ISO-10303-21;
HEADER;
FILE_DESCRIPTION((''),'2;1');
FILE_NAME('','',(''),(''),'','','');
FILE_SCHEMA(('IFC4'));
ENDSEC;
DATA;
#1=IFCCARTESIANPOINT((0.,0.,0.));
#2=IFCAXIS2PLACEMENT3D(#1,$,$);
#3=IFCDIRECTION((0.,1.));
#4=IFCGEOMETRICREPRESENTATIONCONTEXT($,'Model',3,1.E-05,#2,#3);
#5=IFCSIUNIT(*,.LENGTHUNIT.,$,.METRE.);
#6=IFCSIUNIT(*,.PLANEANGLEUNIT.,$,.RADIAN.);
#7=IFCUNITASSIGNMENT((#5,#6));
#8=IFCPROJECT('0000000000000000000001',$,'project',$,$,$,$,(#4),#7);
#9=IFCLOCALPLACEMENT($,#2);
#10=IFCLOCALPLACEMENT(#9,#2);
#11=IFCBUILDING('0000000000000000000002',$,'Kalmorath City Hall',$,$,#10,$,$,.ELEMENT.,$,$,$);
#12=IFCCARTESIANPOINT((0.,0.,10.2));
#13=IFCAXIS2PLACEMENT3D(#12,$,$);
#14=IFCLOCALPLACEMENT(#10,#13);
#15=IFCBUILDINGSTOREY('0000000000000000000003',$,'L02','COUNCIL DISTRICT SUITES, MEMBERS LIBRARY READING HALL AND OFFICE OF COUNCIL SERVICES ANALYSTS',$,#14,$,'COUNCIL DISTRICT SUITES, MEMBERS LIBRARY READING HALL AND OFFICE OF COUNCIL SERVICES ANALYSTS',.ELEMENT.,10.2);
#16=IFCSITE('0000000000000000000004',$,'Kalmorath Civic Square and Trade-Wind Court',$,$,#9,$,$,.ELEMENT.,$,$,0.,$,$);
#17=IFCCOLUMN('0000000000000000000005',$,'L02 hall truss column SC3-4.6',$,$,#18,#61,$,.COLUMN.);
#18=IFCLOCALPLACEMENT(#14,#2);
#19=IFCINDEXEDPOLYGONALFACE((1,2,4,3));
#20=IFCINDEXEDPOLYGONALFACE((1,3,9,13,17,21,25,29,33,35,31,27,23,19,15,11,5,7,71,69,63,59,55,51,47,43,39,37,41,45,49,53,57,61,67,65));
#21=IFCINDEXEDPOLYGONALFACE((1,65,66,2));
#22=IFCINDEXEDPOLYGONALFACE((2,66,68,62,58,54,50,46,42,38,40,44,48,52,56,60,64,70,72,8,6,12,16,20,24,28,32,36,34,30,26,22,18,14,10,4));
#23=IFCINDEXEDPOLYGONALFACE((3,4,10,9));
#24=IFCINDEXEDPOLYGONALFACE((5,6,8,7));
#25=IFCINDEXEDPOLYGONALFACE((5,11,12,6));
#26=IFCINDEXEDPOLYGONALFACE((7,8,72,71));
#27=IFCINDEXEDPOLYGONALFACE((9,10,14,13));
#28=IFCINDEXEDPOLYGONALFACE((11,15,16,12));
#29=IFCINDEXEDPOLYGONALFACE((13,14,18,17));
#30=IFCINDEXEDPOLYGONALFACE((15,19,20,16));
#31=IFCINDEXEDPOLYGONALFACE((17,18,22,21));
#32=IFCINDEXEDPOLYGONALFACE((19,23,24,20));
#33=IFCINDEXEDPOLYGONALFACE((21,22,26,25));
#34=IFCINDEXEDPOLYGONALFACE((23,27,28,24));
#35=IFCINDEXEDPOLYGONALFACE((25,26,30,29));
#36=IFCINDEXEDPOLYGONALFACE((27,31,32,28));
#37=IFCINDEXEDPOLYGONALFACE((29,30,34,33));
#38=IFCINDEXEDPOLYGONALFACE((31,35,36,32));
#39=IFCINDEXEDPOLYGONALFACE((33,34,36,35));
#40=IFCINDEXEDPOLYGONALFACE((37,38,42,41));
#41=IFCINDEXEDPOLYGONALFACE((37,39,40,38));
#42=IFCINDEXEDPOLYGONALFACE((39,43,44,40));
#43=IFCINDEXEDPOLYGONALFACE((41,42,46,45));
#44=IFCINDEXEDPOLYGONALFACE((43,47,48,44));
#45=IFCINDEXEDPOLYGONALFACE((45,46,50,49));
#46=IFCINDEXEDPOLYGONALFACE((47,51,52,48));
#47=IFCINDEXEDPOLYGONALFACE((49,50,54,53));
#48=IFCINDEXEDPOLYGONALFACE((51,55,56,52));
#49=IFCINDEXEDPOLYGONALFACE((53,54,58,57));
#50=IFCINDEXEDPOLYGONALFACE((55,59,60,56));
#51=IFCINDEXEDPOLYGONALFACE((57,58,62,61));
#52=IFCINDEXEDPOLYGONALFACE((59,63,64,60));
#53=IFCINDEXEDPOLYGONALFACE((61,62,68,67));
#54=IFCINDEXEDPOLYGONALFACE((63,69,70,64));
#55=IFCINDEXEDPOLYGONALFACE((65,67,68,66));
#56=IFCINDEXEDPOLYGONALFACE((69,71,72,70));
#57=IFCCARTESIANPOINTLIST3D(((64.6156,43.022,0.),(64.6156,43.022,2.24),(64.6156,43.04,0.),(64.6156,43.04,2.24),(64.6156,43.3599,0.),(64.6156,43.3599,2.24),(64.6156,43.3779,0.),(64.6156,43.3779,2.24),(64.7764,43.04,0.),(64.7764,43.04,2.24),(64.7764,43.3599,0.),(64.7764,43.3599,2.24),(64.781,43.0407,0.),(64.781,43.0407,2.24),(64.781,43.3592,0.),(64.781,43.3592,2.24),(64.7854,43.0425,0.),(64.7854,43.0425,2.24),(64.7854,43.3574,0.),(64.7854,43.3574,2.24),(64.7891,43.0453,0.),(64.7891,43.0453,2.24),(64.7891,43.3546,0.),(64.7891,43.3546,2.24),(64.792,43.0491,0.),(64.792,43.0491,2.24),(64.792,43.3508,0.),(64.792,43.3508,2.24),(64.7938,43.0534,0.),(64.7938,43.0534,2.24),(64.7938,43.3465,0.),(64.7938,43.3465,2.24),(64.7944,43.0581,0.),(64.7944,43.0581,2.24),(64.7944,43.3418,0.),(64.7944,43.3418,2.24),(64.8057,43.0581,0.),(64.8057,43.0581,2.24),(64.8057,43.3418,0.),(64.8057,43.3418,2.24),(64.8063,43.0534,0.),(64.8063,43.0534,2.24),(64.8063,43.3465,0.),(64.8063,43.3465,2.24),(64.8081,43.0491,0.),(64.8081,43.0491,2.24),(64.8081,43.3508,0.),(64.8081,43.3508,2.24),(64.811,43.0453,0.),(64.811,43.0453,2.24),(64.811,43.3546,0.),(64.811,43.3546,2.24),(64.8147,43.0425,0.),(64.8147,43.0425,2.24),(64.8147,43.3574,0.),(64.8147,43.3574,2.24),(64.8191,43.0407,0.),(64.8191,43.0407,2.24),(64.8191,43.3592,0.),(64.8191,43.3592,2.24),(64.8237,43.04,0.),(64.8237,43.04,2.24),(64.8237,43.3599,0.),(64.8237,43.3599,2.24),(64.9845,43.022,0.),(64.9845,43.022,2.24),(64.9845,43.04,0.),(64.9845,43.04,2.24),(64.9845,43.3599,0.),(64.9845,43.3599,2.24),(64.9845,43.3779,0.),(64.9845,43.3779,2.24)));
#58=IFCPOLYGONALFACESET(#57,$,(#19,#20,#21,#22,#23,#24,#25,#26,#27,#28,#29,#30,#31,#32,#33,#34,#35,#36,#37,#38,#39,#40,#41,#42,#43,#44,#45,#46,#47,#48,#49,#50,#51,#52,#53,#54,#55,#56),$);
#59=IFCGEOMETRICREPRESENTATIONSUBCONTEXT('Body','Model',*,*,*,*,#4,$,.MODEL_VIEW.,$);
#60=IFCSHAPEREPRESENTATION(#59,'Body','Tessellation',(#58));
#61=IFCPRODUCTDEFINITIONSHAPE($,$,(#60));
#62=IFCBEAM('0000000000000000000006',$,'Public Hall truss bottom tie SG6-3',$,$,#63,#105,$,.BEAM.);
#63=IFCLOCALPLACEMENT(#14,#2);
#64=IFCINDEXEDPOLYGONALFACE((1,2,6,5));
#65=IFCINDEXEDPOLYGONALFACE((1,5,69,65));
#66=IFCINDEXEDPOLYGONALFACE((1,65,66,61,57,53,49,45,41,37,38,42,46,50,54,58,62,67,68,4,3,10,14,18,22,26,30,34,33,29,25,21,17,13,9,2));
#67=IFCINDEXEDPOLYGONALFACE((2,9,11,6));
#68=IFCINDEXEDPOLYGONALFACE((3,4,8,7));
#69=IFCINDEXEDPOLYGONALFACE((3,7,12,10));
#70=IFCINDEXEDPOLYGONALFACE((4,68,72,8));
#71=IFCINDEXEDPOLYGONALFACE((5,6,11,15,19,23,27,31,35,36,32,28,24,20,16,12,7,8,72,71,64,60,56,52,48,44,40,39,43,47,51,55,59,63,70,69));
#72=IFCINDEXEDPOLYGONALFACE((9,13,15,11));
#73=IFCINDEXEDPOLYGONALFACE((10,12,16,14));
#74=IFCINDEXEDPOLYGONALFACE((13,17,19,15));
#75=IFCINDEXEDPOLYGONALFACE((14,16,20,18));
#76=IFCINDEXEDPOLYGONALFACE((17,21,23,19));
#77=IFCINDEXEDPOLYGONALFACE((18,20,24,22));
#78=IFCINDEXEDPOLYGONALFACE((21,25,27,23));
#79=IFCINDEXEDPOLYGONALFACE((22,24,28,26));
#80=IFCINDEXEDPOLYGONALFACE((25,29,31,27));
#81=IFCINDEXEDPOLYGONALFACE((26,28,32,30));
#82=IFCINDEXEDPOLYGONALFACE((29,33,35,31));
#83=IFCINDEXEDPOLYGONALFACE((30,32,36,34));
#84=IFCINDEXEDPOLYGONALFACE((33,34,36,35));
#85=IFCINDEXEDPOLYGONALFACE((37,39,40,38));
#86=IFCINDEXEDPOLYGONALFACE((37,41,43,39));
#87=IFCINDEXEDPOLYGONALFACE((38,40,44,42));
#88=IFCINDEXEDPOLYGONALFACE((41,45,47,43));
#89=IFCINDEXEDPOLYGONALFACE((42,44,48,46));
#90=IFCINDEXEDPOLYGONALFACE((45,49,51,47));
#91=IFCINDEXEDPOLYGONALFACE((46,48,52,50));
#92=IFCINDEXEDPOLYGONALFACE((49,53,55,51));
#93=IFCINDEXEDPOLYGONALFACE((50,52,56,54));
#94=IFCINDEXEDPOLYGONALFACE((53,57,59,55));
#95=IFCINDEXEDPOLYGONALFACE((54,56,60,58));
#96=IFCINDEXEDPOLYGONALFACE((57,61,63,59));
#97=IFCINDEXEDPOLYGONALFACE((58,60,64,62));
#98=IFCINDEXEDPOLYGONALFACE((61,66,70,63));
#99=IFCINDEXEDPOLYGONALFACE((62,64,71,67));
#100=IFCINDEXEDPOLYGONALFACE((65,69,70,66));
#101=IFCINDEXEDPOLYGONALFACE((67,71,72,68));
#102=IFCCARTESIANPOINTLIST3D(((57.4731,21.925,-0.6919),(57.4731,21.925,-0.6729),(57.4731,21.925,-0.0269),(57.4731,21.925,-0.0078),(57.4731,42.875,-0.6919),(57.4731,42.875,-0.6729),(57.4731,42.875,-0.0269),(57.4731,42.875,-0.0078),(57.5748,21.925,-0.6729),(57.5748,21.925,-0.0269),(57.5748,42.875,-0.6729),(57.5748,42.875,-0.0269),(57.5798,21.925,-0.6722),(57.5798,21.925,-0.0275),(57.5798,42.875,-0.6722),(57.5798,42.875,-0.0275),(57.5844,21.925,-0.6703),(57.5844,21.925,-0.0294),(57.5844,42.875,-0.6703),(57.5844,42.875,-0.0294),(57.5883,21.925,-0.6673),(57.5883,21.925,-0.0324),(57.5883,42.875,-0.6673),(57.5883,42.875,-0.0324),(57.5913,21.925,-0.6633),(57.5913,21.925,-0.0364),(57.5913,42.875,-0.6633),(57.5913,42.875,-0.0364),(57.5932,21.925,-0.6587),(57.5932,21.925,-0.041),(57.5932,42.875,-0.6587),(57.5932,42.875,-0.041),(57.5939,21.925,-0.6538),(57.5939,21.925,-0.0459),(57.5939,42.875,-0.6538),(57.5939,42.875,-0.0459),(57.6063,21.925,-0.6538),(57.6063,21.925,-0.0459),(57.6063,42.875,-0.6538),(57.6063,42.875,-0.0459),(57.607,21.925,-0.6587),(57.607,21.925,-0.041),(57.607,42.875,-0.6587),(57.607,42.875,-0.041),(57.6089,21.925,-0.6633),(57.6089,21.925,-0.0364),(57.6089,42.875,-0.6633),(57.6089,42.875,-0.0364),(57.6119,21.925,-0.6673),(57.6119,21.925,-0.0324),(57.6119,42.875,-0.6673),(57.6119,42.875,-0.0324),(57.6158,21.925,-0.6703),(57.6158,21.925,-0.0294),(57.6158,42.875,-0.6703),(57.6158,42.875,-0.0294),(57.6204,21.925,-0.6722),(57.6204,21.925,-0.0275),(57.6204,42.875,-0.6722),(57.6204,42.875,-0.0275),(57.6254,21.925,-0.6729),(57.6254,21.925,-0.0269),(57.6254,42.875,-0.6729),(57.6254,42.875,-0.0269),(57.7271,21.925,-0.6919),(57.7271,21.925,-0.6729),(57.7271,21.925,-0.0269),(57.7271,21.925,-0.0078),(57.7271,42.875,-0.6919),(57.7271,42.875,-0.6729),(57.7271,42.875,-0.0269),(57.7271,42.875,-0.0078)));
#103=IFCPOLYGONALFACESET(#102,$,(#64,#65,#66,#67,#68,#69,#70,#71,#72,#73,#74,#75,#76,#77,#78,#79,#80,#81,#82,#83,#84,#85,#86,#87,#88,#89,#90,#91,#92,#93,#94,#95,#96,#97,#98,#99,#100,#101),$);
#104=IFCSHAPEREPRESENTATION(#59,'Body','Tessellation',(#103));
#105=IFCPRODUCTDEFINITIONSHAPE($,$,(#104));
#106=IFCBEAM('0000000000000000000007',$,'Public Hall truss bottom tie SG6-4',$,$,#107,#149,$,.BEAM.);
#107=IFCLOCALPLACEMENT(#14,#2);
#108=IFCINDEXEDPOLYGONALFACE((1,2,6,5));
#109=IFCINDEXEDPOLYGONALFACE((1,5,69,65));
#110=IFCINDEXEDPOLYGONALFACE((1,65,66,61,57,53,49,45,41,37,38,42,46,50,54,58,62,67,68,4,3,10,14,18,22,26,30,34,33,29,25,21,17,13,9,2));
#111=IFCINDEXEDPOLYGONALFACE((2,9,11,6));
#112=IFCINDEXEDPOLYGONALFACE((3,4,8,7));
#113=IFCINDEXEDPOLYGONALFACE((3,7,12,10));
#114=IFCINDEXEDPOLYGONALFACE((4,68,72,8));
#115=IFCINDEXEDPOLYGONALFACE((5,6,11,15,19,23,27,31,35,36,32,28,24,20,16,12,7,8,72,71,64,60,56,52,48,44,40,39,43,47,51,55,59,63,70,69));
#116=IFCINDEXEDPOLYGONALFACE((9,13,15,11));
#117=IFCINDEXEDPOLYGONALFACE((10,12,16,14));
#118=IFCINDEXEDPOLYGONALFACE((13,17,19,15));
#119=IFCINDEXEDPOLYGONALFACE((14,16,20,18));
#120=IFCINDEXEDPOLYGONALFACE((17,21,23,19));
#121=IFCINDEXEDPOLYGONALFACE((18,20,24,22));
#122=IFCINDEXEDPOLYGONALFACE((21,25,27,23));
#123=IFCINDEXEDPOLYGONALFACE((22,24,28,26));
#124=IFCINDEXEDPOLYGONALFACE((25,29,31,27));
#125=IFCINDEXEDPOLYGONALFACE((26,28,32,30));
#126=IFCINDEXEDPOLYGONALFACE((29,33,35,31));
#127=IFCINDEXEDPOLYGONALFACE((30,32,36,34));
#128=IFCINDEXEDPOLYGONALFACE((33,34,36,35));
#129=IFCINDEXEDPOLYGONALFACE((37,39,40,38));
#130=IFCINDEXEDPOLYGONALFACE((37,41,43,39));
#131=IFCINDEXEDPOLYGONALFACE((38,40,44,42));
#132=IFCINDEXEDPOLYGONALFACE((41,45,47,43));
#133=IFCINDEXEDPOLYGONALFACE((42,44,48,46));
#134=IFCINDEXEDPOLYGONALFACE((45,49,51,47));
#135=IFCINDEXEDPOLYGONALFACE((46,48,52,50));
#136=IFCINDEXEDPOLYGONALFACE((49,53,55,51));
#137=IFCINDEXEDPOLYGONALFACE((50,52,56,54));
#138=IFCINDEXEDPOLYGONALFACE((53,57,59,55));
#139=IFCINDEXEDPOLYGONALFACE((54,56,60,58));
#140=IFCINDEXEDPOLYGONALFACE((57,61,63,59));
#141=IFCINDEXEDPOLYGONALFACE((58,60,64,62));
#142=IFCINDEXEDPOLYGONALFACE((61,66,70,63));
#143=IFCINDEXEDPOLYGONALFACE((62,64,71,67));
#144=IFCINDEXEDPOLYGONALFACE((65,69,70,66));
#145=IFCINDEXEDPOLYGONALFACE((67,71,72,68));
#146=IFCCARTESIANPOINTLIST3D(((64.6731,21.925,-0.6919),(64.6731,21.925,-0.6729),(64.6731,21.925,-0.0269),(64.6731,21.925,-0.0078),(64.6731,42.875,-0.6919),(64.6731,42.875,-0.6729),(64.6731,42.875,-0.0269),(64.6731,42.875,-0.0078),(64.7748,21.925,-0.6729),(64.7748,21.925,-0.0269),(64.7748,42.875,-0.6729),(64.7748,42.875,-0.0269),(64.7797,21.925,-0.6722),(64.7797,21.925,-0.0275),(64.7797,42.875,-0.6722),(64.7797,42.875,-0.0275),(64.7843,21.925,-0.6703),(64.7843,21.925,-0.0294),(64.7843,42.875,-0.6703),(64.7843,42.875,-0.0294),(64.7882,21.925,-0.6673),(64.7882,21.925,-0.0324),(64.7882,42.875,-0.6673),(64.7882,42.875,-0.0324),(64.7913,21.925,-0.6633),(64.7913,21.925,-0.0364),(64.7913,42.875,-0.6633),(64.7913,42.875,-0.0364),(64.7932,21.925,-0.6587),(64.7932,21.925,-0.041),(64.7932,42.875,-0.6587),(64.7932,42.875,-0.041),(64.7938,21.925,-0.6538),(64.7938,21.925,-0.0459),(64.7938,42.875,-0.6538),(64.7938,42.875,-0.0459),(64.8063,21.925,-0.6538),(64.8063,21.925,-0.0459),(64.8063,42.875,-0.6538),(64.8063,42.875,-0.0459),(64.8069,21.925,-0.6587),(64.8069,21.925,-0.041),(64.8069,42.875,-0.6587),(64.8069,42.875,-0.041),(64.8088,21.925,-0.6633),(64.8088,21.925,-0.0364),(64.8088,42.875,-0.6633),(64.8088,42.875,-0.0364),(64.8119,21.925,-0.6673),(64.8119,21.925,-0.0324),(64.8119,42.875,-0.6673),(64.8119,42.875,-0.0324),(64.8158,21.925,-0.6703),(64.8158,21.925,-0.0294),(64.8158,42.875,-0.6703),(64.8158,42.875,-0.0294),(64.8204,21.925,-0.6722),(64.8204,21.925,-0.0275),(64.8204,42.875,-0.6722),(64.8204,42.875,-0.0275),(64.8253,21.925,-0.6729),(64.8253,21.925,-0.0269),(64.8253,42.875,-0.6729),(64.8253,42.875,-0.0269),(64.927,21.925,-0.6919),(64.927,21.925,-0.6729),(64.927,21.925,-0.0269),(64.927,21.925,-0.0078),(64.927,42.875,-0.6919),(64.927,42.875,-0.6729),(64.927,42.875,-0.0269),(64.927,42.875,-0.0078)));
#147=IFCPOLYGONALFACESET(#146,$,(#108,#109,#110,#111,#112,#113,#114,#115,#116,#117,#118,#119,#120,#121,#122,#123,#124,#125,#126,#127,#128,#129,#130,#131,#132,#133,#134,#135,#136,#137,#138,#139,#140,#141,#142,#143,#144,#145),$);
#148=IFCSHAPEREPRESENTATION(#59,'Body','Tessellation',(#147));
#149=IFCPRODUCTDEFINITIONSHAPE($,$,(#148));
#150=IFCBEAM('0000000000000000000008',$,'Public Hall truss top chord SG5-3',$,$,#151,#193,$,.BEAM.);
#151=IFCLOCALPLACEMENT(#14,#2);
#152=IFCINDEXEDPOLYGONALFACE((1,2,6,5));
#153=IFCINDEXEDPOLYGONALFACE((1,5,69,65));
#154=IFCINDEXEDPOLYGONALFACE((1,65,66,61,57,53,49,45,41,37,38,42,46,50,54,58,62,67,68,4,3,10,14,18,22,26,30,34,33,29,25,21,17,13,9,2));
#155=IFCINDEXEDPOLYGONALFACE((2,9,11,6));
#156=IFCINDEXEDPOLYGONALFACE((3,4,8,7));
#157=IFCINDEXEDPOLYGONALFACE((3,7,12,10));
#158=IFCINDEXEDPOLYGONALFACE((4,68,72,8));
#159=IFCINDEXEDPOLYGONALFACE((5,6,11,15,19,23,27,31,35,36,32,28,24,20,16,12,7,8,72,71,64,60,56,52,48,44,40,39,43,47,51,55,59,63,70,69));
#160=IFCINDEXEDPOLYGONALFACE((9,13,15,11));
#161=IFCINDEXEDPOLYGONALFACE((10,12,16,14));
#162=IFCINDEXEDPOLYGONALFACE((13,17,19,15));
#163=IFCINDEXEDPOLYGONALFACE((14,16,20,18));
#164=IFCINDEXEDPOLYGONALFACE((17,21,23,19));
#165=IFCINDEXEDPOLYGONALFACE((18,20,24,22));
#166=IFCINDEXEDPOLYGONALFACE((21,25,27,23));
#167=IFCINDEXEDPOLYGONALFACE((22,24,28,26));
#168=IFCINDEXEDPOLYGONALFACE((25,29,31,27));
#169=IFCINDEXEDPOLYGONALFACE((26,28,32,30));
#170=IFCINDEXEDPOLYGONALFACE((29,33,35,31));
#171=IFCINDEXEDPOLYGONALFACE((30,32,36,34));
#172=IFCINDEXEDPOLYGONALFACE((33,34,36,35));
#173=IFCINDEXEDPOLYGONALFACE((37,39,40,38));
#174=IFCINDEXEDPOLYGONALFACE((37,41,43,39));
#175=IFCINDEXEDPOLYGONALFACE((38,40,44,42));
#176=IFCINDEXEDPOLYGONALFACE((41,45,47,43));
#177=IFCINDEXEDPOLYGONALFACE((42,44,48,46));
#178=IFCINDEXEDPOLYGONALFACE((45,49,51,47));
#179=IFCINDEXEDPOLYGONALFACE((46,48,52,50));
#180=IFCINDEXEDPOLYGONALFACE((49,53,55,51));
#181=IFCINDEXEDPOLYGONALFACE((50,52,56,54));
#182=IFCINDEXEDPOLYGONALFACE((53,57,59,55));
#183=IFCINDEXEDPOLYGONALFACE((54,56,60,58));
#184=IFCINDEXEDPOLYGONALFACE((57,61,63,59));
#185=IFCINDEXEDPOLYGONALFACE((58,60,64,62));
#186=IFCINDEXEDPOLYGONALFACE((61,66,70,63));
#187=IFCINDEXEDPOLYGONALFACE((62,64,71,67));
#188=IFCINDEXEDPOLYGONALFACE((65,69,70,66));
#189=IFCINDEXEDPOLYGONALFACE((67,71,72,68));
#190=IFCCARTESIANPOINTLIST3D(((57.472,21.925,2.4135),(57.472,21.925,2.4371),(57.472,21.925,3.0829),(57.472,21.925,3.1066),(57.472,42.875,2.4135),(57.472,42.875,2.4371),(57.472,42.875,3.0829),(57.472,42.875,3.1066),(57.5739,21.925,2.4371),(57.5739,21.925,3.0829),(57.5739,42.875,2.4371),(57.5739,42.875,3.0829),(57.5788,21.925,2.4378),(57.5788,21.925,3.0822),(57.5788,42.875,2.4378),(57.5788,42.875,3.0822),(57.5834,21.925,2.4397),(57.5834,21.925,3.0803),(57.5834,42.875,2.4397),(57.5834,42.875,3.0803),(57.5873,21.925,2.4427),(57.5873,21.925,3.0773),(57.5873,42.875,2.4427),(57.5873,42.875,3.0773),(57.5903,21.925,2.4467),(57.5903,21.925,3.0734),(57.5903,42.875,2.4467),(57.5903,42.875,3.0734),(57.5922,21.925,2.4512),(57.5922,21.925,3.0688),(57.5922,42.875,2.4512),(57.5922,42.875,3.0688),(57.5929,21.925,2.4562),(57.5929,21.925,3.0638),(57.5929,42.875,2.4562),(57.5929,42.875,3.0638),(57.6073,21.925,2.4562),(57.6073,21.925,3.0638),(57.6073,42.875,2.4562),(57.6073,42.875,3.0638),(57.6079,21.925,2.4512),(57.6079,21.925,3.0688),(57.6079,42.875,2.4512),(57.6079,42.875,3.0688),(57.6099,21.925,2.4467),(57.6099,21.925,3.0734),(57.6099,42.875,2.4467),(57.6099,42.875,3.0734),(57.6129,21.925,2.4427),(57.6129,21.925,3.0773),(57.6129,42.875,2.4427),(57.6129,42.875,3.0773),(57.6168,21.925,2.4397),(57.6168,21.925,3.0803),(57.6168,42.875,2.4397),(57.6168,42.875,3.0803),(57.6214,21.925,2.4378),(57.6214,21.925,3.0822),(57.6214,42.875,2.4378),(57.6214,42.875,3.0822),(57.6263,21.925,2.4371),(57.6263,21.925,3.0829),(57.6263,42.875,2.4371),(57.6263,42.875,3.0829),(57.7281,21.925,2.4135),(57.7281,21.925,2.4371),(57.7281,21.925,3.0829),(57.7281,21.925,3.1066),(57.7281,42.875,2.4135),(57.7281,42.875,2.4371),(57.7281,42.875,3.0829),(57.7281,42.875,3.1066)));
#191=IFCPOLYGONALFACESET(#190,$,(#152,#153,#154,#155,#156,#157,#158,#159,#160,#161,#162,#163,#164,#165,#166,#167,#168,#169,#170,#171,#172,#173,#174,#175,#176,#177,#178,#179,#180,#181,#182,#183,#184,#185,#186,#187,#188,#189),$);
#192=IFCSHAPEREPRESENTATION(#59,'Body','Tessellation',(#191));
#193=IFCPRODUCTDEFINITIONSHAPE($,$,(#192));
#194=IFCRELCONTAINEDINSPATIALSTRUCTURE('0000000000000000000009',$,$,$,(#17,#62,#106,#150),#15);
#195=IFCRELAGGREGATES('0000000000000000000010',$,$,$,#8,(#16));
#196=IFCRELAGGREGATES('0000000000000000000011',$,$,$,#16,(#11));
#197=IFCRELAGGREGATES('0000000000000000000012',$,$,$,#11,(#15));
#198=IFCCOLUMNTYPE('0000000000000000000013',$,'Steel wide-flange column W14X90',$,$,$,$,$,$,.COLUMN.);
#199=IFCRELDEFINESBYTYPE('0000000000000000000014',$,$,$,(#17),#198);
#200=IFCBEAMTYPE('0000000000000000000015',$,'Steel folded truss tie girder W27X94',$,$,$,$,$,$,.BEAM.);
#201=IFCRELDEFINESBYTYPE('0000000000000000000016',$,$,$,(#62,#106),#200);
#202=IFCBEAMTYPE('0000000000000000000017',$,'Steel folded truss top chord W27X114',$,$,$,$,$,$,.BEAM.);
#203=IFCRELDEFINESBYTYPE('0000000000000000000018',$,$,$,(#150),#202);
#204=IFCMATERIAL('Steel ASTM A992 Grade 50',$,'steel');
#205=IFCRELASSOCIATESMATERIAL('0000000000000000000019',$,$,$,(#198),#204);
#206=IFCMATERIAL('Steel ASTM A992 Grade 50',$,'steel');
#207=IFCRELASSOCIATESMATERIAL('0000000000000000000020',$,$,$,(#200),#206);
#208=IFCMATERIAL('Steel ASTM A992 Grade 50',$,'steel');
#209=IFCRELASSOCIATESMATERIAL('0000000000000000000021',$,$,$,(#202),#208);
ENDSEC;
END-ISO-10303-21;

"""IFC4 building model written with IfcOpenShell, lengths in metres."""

from ifc_helpers import new_model, si_unit, direction, frame, origin, origin_2d, place, context, subcontext, project, spatial, i_section, extrude, material, material_profile, profile_set, type_object, element, save


model = new_model("IFC4")

# Units and contexts
model_context = context("Model", 3, precision=1e-05, world=origin(), true_north=direction((0.0, 1.0)))
body_context = subcontext(model_context, "Body", "Model", "MODEL_VIEW")
ifc_project = project(units=[si_unit("LENGTHUNIT", "METRE"), si_unit("PLANEANGLEUNIT", "RADIAN")], contexts=[model_context])

# Site, building, storey
site_placement = place(None, origin())
site = spatial("IfcSite", under=ifc_project, at=site_placement, Name="Kalmorath Civic Square and Trade-Wind Court", CompositionType="ELEMENT", RefElevation=0.0)
building_placement = place(site_placement, origin())
building = spatial("IfcBuilding", under=site, at=building_placement, Name="Kalmorath City Hall", CompositionType="ELEMENT")
storey_placement = place(building_placement, frame((0.0, 0.0, 10.2)))
storey = spatial("IfcBuildingStorey", under=building, at=storey_placement, Name="L02", Description="COUNCIL DISTRICT SUITES, MEMBERS LIBRARY READING HALL AND OFFICE OF COUNCIL SERVICES ANALYSTS", LongName="COUNCIL DISTRICT SUITES, MEMBERS LIBRARY READING HALL AND OFFICE OF COUNCIL SERVICES ANALYSTS", CompositionType="ELEMENT", Elevation=10.2)

# Column
ifc_material_1 = material(Name="Steel ASTM A992 Grade 50", Category="steel")
ifc_material_profile_1 = material_profile(ifc_material_1, i_section(OverallWidth=0.3689, OverallDepth=0.356, WebThickness=0.0112, FlangeThickness=0.0181, FilletRadius=0.0181, at=origin_2d()), Name="W14X90")
ifc_profile_set_1 = profile_set([ifc_material_profile_1], Name="Steel ASTM A992 Grade 50")
column_type = type_object("IfcColumnType", Name="Steel wide-flange column W14X90", PredefinedType="COLUMN", material=ifc_profile_set_1)
for number, where, z_axis, x_axis, name in (
    (1, (64.8, 43.2, 0.0), (0.0, 0.0, 1.0), (1.0, 0.0, 0.0), "L02 hall truss column SC3-4.6"),
):
    element("IfcColumn", number, at=place(storey_placement, frame(where, z_axis=z_axis, x_axis=x_axis)), inside=storey, type_object=column_type, Name=name, PredefinedType="COLUMN", context=body_context, shape_type="SweptSolid", body=[
        extrude(i_section(OverallWidth=0.3689, OverallDepth=0.356, WebThickness=0.0112, FlangeThickness=0.0181, FilletRadius=0.0181, at=origin_2d()), origin(), (0.0, 0.0, 1.0), 2.24),
    ])

# Beams
ifc_material_2 = material(Name="Steel ASTM A992 Grade 50", Category="steel")
ifc_material_profile_2 = material_profile(ifc_material_2, i_section(OverallWidth=0.2539, OverallDepth=0.6841, WebThickness=0.0125, FlangeThickness=0.019, FilletRadius=0.019, at=origin_2d()), Name="W27X94")
ifc_profile_set_2 = profile_set([ifc_material_profile_2], Name="Steel ASTM A992 Grade 50")
beam_type_1 = type_object("IfcBeamType", Name="Steel folded truss tie girder W27X94", PredefinedType="BEAM", material=ifc_profile_set_2)
for number, where, z_axis, x_axis, name in (
    (2, (57.6001, 21.925, -0.3499), (0.0, 1.0, 0.0), (-1.0, 0.0, 0.0), "Public Hall truss bottom tie SG6-3"),
    (3, (64.8, 21.925, -0.3499), (0.0, 1.0, 0.0), (-1.0, 0.0, 0.0), "Public Hall truss bottom tie SG6-4"),
):
    element("IfcBeam", number, at=place(storey_placement, frame(where, z_axis=z_axis, x_axis=x_axis)), inside=storey, type_object=beam_type_1, Name=name, PredefinedType="BEAM", context=body_context, shape_type="SweptSolid", body=[
        extrude(i_section(OverallWidth=0.2539, OverallDepth=0.6841, WebThickness=0.0125, FlangeThickness=0.019, FilletRadius=0.019, at=origin_2d()), origin(), (0.0, 0.0, 1.0), 20.95),
    ])
ifc_material_3 = material(Name="Steel ASTM A992 Grade 50", Category="steel")
ifc_material_profile_3 = material_profile(ifc_material_3, i_section(OverallWidth=0.2561, OverallDepth=0.6931, WebThickness=0.0144, FlangeThickness=0.0237, FilletRadius=0.019, at=origin_2d()), Name="W27X114")
ifc_profile_set_3 = profile_set([ifc_material_profile_3], Name="Steel ASTM A992 Grade 50")
beam_type_2 = type_object("IfcBeamType", Name="Steel folded truss top chord W27X114", PredefinedType="BEAM", material=ifc_profile_set_3)
for number, where, z_axis, x_axis, name in (
    (4, (57.6001, 21.925, 2.76), (0.0, 1.0, 0.0), (-1.0, 0.0, 0.0), "Public Hall truss top chord SG5-3"),
):
    element("IfcBeam", number, at=place(storey_placement, frame(where, z_axis=z_axis, x_axis=x_axis)), inside=storey, type_object=beam_type_2, Name=name, PredefinedType="BEAM", context=body_context, shape_type="SweptSolid", body=[
        extrude(i_section(OverallWidth=0.2561, OverallDepth=0.6931, WebThickness=0.0144, FlangeThickness=0.0237, FilletRadius=0.019, at=origin_2d()), origin(), (0.0, 0.0, 1.0), 20.95),
    ])

save(model, "model.ifc")
